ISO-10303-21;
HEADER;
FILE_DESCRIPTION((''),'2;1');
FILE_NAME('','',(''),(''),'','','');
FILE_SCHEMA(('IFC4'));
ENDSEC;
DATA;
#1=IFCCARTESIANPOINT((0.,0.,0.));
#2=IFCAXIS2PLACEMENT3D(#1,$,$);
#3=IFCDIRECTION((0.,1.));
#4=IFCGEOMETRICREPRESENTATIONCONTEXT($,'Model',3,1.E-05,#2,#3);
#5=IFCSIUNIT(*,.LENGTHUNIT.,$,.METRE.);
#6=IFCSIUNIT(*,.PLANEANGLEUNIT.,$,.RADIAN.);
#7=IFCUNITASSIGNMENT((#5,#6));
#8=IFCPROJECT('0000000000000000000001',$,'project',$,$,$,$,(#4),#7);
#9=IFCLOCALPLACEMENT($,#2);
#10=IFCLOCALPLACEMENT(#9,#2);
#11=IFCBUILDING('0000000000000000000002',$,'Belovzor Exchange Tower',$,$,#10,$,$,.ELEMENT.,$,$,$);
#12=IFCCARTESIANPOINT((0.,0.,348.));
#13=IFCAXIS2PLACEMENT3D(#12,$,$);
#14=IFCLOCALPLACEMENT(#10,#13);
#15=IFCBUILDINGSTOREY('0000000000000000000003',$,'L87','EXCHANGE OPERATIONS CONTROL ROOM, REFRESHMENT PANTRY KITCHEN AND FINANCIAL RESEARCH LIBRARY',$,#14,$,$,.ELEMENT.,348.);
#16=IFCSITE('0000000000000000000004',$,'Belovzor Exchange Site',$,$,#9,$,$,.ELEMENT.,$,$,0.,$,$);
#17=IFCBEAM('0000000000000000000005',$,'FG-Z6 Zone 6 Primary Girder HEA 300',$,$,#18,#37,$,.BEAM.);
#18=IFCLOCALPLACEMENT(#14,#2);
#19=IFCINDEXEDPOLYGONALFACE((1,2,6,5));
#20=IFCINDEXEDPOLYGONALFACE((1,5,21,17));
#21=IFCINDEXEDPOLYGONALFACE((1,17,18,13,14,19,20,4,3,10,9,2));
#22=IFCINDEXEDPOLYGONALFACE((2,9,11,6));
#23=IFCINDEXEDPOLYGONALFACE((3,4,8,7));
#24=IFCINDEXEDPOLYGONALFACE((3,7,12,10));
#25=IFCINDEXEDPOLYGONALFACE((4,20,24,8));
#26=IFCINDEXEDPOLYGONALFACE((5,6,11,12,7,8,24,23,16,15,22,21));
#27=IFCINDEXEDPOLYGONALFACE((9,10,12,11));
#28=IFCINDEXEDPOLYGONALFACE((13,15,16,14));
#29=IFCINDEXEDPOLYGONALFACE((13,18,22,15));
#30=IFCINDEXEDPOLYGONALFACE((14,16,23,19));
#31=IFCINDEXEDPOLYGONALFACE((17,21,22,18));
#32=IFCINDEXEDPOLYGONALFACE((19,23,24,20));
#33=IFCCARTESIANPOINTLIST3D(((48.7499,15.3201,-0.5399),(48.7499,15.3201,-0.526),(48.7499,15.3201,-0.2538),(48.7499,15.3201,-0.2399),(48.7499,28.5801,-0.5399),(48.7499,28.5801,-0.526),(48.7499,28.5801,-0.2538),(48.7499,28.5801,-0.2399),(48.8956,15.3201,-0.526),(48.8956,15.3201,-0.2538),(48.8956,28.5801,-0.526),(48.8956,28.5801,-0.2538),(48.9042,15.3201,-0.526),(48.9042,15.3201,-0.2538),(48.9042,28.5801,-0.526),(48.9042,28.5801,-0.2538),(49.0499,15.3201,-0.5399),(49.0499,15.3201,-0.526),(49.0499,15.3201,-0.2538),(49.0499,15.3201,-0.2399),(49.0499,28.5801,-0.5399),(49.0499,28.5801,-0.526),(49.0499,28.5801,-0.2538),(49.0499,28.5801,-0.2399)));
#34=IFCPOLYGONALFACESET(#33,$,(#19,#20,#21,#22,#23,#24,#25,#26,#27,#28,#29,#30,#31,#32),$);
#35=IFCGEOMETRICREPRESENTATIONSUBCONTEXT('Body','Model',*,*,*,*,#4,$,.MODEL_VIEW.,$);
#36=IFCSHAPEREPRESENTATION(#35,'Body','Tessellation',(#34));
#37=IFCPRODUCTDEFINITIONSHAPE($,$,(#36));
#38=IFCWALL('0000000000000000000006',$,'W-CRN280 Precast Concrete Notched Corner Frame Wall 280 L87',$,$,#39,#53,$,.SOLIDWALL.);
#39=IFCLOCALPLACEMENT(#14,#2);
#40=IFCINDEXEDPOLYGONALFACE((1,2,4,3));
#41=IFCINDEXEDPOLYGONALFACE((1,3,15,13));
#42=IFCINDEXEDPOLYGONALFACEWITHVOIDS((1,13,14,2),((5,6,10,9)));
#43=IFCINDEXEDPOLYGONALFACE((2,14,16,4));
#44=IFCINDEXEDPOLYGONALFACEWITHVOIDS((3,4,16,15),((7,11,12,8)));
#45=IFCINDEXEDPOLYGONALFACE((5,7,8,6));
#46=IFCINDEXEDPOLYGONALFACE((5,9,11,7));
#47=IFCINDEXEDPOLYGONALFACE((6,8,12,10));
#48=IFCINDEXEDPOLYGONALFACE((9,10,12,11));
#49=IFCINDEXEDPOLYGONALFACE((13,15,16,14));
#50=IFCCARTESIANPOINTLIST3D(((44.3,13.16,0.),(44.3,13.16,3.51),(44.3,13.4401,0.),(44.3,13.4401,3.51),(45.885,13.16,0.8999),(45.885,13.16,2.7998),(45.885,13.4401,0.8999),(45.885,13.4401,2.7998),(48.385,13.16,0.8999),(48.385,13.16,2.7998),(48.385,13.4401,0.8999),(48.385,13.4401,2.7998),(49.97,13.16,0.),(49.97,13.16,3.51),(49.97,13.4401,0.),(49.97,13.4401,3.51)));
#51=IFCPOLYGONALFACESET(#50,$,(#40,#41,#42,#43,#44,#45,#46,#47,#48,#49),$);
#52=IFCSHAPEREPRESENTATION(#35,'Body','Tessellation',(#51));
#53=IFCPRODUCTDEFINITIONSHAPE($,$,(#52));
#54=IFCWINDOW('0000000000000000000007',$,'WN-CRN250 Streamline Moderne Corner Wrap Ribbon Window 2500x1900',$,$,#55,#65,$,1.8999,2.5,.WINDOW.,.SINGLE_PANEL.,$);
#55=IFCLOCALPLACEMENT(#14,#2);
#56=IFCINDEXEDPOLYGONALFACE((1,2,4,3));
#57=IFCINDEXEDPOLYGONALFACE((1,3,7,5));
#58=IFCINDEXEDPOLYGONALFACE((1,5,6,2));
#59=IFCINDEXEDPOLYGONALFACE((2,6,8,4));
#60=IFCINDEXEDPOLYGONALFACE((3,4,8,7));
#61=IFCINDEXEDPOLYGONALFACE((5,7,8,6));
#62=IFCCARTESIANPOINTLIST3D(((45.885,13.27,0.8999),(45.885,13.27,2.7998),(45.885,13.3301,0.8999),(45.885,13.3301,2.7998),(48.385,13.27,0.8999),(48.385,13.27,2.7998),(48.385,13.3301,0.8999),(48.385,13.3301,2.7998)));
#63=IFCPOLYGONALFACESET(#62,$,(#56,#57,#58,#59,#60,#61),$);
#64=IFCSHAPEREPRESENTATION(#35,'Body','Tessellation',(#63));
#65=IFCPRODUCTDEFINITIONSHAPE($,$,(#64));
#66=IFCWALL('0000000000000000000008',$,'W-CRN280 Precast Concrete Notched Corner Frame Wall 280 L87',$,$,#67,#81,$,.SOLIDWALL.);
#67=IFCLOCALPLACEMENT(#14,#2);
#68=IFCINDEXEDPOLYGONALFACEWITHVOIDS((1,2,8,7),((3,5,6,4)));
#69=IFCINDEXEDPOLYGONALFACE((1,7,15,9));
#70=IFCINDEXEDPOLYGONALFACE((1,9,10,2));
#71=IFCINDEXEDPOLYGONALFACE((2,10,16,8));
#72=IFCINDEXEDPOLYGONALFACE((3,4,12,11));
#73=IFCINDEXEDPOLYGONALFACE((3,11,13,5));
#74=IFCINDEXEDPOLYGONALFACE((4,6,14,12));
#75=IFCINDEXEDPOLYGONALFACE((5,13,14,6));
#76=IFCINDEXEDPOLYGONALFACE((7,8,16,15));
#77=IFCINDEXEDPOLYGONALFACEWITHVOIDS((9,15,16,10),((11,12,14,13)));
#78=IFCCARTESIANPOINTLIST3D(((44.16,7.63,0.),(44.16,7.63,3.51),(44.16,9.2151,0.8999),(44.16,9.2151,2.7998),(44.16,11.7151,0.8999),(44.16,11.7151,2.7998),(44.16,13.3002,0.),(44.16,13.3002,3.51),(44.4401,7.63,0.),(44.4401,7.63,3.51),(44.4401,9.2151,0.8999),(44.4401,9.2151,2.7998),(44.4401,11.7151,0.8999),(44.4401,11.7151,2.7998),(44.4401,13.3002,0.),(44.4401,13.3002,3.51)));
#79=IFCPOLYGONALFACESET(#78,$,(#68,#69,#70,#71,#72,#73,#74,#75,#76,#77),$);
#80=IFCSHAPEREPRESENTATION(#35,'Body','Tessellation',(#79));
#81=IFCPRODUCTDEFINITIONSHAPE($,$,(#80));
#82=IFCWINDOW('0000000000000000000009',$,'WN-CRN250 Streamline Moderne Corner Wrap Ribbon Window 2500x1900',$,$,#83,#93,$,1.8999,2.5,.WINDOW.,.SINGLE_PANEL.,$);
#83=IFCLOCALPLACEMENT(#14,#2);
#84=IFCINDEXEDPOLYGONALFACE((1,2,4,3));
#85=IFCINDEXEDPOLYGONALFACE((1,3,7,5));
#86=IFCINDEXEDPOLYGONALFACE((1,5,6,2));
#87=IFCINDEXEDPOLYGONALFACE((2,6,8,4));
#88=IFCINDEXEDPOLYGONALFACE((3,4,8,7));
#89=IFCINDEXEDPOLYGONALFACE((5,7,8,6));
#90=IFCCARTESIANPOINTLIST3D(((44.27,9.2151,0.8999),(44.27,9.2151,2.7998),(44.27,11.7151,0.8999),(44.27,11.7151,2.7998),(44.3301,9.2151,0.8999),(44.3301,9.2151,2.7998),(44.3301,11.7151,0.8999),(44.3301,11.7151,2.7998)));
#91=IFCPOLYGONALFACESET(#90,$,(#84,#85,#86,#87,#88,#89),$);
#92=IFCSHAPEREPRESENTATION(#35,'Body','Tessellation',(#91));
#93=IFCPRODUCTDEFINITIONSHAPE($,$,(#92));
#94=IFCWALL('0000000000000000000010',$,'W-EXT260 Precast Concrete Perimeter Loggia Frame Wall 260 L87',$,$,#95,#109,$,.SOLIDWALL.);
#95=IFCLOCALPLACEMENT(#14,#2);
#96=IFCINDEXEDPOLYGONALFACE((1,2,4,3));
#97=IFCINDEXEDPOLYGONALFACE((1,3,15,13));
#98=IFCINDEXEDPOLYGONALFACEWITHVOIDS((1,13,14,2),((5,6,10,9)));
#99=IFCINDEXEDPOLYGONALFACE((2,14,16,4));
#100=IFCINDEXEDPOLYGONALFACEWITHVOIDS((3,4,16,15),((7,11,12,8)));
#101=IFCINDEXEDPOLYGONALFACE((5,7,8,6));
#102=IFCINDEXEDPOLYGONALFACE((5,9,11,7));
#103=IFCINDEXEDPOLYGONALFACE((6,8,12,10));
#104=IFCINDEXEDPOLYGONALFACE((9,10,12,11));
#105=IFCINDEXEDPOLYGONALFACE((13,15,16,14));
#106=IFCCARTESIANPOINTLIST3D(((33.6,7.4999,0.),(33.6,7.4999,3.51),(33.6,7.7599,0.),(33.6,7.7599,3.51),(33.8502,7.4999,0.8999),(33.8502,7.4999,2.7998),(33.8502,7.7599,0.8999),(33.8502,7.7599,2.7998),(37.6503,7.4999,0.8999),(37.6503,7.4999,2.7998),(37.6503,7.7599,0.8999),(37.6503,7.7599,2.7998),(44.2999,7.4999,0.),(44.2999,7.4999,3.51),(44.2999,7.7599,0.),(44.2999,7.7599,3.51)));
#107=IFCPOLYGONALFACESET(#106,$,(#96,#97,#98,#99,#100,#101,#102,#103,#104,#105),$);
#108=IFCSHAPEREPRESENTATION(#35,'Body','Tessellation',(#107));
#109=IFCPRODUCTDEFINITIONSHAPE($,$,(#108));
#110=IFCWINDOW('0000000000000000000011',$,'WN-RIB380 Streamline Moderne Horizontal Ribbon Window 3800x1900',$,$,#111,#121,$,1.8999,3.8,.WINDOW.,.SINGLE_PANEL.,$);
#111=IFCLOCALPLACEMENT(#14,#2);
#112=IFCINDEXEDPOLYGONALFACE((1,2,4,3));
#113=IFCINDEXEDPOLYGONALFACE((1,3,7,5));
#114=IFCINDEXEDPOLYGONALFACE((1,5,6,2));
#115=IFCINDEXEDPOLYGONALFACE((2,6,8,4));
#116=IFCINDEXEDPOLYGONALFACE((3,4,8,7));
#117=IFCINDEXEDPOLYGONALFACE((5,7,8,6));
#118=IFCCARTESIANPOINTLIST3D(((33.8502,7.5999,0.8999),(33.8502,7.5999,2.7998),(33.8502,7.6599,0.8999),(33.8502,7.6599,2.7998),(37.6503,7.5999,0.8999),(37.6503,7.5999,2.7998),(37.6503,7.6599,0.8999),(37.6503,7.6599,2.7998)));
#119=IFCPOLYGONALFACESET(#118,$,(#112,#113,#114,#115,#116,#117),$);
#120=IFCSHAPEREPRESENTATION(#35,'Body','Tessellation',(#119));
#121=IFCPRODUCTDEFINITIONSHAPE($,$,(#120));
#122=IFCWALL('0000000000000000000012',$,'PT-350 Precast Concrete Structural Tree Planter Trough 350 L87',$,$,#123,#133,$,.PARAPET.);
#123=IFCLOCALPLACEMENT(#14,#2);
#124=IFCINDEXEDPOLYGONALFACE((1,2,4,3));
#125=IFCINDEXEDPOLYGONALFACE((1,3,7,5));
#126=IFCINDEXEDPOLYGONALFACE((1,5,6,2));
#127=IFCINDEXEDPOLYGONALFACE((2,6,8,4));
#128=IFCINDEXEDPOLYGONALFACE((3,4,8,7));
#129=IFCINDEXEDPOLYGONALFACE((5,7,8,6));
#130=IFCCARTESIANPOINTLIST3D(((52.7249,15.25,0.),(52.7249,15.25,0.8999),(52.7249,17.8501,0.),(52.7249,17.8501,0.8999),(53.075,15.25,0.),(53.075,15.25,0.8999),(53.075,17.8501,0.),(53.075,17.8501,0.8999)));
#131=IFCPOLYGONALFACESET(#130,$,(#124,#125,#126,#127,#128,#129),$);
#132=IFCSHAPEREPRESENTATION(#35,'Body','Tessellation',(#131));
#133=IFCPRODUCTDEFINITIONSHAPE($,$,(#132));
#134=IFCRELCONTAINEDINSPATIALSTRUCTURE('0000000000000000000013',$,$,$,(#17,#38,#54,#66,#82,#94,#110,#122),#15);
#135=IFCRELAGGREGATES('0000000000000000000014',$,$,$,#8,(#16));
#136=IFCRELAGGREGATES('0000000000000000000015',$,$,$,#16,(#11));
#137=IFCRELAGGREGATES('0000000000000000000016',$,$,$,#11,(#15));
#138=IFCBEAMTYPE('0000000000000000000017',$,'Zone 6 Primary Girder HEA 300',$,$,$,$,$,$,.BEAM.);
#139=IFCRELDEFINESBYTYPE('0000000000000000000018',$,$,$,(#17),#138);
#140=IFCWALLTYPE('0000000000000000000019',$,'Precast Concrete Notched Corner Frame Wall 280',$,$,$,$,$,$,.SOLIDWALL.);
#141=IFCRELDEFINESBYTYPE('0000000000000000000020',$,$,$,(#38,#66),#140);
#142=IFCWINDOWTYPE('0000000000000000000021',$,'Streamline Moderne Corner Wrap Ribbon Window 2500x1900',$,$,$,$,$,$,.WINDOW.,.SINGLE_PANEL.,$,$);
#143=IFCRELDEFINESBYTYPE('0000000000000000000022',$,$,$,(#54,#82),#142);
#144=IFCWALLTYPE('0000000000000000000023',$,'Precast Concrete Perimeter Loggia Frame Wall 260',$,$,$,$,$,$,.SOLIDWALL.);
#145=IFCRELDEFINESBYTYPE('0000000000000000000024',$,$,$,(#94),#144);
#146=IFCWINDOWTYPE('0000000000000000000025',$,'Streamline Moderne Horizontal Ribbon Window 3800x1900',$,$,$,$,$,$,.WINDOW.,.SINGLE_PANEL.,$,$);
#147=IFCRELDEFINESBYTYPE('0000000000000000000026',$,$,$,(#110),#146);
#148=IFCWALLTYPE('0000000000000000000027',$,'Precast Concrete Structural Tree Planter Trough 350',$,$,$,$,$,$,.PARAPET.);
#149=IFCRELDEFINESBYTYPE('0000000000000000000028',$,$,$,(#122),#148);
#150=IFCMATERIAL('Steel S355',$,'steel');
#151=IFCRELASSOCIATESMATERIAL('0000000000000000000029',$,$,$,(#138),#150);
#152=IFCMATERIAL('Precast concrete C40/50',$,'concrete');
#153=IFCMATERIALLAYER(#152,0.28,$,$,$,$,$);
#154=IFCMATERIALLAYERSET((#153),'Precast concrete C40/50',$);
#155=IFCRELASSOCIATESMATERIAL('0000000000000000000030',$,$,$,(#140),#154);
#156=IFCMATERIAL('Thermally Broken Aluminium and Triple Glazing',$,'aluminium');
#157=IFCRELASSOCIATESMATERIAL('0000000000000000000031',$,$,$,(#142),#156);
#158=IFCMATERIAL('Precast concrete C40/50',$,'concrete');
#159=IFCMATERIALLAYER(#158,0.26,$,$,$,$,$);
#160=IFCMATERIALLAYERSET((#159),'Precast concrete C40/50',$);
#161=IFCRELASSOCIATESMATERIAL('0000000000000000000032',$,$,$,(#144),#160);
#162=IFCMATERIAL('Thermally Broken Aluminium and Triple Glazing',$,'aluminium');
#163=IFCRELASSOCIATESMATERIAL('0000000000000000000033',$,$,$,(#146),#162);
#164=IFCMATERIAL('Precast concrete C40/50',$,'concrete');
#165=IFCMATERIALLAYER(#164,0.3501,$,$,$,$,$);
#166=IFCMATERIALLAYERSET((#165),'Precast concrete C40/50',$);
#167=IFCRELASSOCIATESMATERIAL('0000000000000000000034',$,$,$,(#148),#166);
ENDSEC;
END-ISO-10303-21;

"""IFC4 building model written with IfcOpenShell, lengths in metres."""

from ifc_helpers import new_model, si_unit, direction, frame, frame_2d, origin, origin_2d, place, context, subcontext, project, spatial, rectangle, i_section, extrude, material, layer, layer_set, material_profile, profile_set, type_object, element, fill, save


model = new_model("IFC4")

# Units and contexts
model_context = context("Model", 3, precision=1e-05, world=origin(), true_north=direction((0.0, 1.0)))
body_context = subcontext(model_context, "Body", "Model", "MODEL_VIEW")
ifc_project = project(units=[si_unit("LENGTHUNIT", "METRE"), si_unit("PLANEANGLEUNIT", "RADIAN")], contexts=[model_context])

# Site, building, storey
site_placement = place(None, origin())
site = spatial("IfcSite", under=ifc_project, at=site_placement, Name="Belovzor Exchange Site", CompositionType="ELEMENT", RefElevation=0.0)
building_placement = place(site_placement, origin())
building = spatial("IfcBuilding", under=site, at=building_placement, Name="Belovzor Exchange Tower", CompositionType="ELEMENT")
storey_placement = place(building_placement, frame((0.0, 0.0, 348.0)))
storey = spatial("IfcBuildingStorey", under=building, at=storey_placement, Name="L87", Description="EXCHANGE OPERATIONS CONTROL ROOM, REFRESHMENT PANTRY KITCHEN AND FINANCIAL RESEARCH LIBRARY", CompositionType="ELEMENT", Elevation=348.0)

# Beam
ifc_material_1 = material(Name="Steel S355", Category="steel")
ifc_material_profile_1 = material_profile(ifc_material_1, i_section(OverallWidth=0.3, OverallDepth=0.3, WebThickness=0.0085, FlangeThickness=0.0139, at=origin_2d()))
ifc_profile_set_1 = profile_set([ifc_material_profile_1], Name="Steel S355")
beam_type_1 = type_object("IfcBeamType", Name="Zone 6 Primary Girder HEA 300", PredefinedType="BEAM", material=ifc_profile_set_1)
beam_1_placement = place(storey_placement, frame((48.8999, 15.3201, -0.3899), z_axis=(0.0, 1.0, 0.0), x_axis=(-1.0, 0.0, 0.0)))
element("IfcBeam", 1, at=beam_1_placement, inside=storey, type_object=beam_type_1, Name="FG-Z6 Zone 6 Primary Girder HEA 300", PredefinedType="BEAM", context=body_context, shape_type="SweptSolid", body=[
    extrude(i_section(OverallWidth=0.3, OverallDepth=0.3, WebThickness=0.0085, FlangeThickness=0.0139, at=origin_2d()), origin(), (0.0, 0.0, 1.0), 13.26),
])

# Walls, openings, windows
ifc_material_2 = material(Name="Precast concrete C40/50", Category="concrete")
ifc_layer_1 = layer(ifc_material_2, 0.28)
ifc_layer_set_1 = layer_set([ifc_layer_1], Name="Precast concrete C40/50")
wall_type_1 = type_object("IfcWallType", Name="Precast Concrete Notched Corner Frame Wall 280", PredefinedType="SOLIDWALL", material=ifc_layer_set_1)
wall_1_placement = place(storey_placement, frame((49.97, 13.3, 0.0), z_axis=(0.0, 0.0, 1.0), x_axis=(-1.0, 0.0, 0.0)))
wall_1 = element("IfcWall", 2, at=wall_1_placement, inside=storey, type_object=wall_type_1, Name="W-CRN280 Precast Concrete Notched Corner Frame Wall 280 L87", PredefinedType="SOLIDWALL", context=body_context, shape_type="SweptSolid", body=[
    extrude(rectangle(XDim=5.6699, YDim=0.28, at=frame_2d((2.835, 0.0))), origin(), (0.0, 0.0, 1.0), 3.51),
])
opening_1_placement = place(wall_1_placement, frame((1.585, 0.0, 0.8999)))
opening_1 = element("IfcOpeningElement", 3, at=opening_1_placement, cuts=wall_1, PredefinedType="OPENING", context=body_context, shape_type="SweptSolid", body=[
    extrude(rectangle(XDim=2.5, YDim=1.8999, at=frame_2d((1.25, 0.95))), frame((0.0, 0.1499, 0.0), z_axis=(0.0, -1.0, 0.0), x_axis=(1.0, 0.0, 0.0)), (0.0, 0.0, 1.0), 0.3),
])
ifc_material_3 = material(Name="Thermally Broken Aluminium and Triple Glazing", Category="aluminium")
window_type_1 = type_object("IfcWindowType", Name="Streamline Moderne Corner Wrap Ribbon Window 2500x1900", PartitioningType="SINGLE_PANEL", PredefinedType="WINDOW", material=ifc_material_3)
window_1_placement = place(opening_1_placement, origin())
window_1 = element("IfcWindow", 4, at=window_1_placement, inside=storey, type_object=window_type_1, Name="WN-CRN250 Streamline Moderne Corner Wrap Ribbon Window 2500x1900", OverallHeight=1.8999, OverallWidth=2.5, PartitioningType="SINGLE_PANEL", PredefinedType="WINDOW", context=body_context, shape_type="SweptSolid", body=[
    extrude(rectangle(XDim=2.5, YDim=1.8999, at=frame_2d((1.25, 0.95))), frame((0.0, 0.03, 0.0), z_axis=(0.0, -1.0, 0.0), x_axis=(1.0, 0.0, 0.0)), (0.0, 0.0, 1.0), 0.0601),
])
fill(opening_1, window_1)
wall_2_placement = place(storey_placement, frame((44.3, 13.3, 0.0), z_axis=(0.0, 0.0, 1.0), x_axis=(0.0, -1.0, 0.0)))
wall_2 = element("IfcWall", 5, at=wall_2_placement, inside=storey, type_object=wall_type_1, Name="W-CRN280 Precast Concrete Notched Corner Frame Wall 280 L87", PredefinedType="SOLIDWALL", context=body_context, shape_type="SweptSolid", body=[
    extrude(rectangle(XDim=5.6702, YDim=0.28, at=frame_2d((2.835, 0.0))), origin(), (0.0, 0.0, 1.0), 3.51),
])
opening_2_placement = place(wall_2_placement, frame((1.585, 0.0, 0.8999)))
opening_2 = element("IfcOpeningElement", 6, at=opening_2_placement, cuts=wall_2, PredefinedType="OPENING", context=body_context, shape_type="SweptSolid", body=[
    extrude(rectangle(XDim=2.5, YDim=1.8999, at=frame_2d((1.25, 0.95))), frame((0.0, 0.1499, 0.0), z_axis=(0.0, -1.0, 0.0), x_axis=(1.0, 0.0, 0.0)), (0.0, 0.0, 1.0), 0.3),
])
window_2_placement = place(opening_2_placement, origin())
window_2 = element("IfcWindow", 7, at=window_2_placement, inside=storey, type_object=window_type_1, Name="WN-CRN250 Streamline Moderne Corner Wrap Ribbon Window 2500x1900", OverallHeight=1.8999, OverallWidth=2.5, PartitioningType="SINGLE_PANEL", PredefinedType="WINDOW", context=body_context, shape_type="SweptSolid", body=[
    extrude(rectangle(XDim=2.5, YDim=1.8999, at=frame_2d((1.25, 0.95))), frame((0.0, 0.03, 0.0), z_axis=(0.0, -1.0, 0.0), x_axis=(1.0, 0.0, 0.0)), (0.0, 0.0, 1.0), 0.0601),
])
fill(opening_2, window_2)
ifc_material_4 = material(Name="Precast concrete C40/50", Category="concrete")
ifc_layer_2 = layer(ifc_material_4, 0.26)
ifc_layer_set_2 = layer_set([ifc_layer_2], Name="Precast concrete C40/50")
wall_type_2 = type_object("IfcWallType", Name="Precast Concrete Perimeter Loggia Frame Wall 260", PredefinedType="SOLIDWALL", material=ifc_layer_set_2)
wall_3_placement = place(storey_placement, frame((44.3, 7.6299, 0.0), z_axis=(0.0, 0.0, 1.0), x_axis=(-1.0, 0.0, 0.0)))
wall_3 = element("IfcWall", 8, at=wall_3_placement, inside=storey, type_object=wall_type_2, Name="W-EXT260 Precast Concrete Perimeter Loggia Frame Wall 260 L87", PredefinedType="SOLIDWALL", context=body_context, shape_type="SweptSolid", body=[
    extrude(rectangle(XDim=10.7, YDim=0.26, at=frame_2d((5.3501, 0.0))), origin(), (0.0, 0.0, 1.0), 3.51),
])
opening_3_placement = place(wall_3_placement, frame((6.6499, 0.0, 0.8999)))
opening_3 = element("IfcOpeningElement", 9, at=opening_3_placement, cuts=wall_3, PredefinedType="OPENING", context=body_context, shape_type="SweptSolid", body=[
    extrude(rectangle(XDim=3.8, YDim=1.8999, at=frame_2d((1.8999, 0.95))), frame((0.0, 0.1399, 0.0), z_axis=(0.0, -1.0, 0.0), x_axis=(1.0, 0.0, 0.0)), (0.0, 0.0, 1.0), 0.28),
])
ifc_material_5 = material(Name="Thermally Broken Aluminium and Triple Glazing", Category="aluminium")
window_type_2 = type_object("IfcWindowType", Name="Streamline Moderne Horizontal Ribbon Window 3800x1900", PartitioningType="SINGLE_PANEL", PredefinedType="WINDOW", material=ifc_material_5)
window_3_placement = place(opening_3_placement, origin())
window_3 = element("IfcWindow", 10, at=window_3_placement, inside=storey, type_object=window_type_2, Name="WN-RIB380 Streamline Moderne Horizontal Ribbon Window 3800x1900", OverallHeight=1.8999, OverallWidth=3.8, PartitioningType="SINGLE_PANEL", PredefinedType="WINDOW", context=body_context, shape_type="SweptSolid", body=[
    extrude(rectangle(XDim=3.8, YDim=1.8999, at=frame_2d((1.8999, 0.95))), frame((0.0, 0.03, 0.0), z_axis=(0.0, -1.0, 0.0), x_axis=(1.0, 0.0, 0.0)), (0.0, 0.0, 1.0), 0.0601),
])
fill(opening_3, window_3)

# Wall
ifc_material_6 = material(Name="Precast concrete C40/50", Category="concrete")
ifc_layer_3 = layer(ifc_material_6, 0.3501)
ifc_layer_set_3 = layer_set([ifc_layer_3], Name="Precast concrete C40/50")
wall_type_3 = type_object("IfcWallType", Name="Precast Concrete Structural Tree Planter Trough 350", PredefinedType="PARAPET", material=ifc_layer_set_3)
wall_4_placement = place(storey_placement, frame((52.8999, 15.25, 0.0), z_axis=(0.0, 0.0, 1.0), x_axis=(0.0, 1.0, 0.0)))
element("IfcWall", 11, at=wall_4_placement, inside=storey, type_object=wall_type_3, Name="PT-350 Precast Concrete Structural Tree Planter Trough 350 L87", PredefinedType="PARAPET", context=body_context, shape_type="SweptSolid", body=[
    extrude(rectangle(XDim=2.6001, YDim=0.3501, at=frame_2d((1.3, 0.0))), origin(), (0.0, 0.0, 1.0), 0.8999),
])

save(model, "model.ifc")
